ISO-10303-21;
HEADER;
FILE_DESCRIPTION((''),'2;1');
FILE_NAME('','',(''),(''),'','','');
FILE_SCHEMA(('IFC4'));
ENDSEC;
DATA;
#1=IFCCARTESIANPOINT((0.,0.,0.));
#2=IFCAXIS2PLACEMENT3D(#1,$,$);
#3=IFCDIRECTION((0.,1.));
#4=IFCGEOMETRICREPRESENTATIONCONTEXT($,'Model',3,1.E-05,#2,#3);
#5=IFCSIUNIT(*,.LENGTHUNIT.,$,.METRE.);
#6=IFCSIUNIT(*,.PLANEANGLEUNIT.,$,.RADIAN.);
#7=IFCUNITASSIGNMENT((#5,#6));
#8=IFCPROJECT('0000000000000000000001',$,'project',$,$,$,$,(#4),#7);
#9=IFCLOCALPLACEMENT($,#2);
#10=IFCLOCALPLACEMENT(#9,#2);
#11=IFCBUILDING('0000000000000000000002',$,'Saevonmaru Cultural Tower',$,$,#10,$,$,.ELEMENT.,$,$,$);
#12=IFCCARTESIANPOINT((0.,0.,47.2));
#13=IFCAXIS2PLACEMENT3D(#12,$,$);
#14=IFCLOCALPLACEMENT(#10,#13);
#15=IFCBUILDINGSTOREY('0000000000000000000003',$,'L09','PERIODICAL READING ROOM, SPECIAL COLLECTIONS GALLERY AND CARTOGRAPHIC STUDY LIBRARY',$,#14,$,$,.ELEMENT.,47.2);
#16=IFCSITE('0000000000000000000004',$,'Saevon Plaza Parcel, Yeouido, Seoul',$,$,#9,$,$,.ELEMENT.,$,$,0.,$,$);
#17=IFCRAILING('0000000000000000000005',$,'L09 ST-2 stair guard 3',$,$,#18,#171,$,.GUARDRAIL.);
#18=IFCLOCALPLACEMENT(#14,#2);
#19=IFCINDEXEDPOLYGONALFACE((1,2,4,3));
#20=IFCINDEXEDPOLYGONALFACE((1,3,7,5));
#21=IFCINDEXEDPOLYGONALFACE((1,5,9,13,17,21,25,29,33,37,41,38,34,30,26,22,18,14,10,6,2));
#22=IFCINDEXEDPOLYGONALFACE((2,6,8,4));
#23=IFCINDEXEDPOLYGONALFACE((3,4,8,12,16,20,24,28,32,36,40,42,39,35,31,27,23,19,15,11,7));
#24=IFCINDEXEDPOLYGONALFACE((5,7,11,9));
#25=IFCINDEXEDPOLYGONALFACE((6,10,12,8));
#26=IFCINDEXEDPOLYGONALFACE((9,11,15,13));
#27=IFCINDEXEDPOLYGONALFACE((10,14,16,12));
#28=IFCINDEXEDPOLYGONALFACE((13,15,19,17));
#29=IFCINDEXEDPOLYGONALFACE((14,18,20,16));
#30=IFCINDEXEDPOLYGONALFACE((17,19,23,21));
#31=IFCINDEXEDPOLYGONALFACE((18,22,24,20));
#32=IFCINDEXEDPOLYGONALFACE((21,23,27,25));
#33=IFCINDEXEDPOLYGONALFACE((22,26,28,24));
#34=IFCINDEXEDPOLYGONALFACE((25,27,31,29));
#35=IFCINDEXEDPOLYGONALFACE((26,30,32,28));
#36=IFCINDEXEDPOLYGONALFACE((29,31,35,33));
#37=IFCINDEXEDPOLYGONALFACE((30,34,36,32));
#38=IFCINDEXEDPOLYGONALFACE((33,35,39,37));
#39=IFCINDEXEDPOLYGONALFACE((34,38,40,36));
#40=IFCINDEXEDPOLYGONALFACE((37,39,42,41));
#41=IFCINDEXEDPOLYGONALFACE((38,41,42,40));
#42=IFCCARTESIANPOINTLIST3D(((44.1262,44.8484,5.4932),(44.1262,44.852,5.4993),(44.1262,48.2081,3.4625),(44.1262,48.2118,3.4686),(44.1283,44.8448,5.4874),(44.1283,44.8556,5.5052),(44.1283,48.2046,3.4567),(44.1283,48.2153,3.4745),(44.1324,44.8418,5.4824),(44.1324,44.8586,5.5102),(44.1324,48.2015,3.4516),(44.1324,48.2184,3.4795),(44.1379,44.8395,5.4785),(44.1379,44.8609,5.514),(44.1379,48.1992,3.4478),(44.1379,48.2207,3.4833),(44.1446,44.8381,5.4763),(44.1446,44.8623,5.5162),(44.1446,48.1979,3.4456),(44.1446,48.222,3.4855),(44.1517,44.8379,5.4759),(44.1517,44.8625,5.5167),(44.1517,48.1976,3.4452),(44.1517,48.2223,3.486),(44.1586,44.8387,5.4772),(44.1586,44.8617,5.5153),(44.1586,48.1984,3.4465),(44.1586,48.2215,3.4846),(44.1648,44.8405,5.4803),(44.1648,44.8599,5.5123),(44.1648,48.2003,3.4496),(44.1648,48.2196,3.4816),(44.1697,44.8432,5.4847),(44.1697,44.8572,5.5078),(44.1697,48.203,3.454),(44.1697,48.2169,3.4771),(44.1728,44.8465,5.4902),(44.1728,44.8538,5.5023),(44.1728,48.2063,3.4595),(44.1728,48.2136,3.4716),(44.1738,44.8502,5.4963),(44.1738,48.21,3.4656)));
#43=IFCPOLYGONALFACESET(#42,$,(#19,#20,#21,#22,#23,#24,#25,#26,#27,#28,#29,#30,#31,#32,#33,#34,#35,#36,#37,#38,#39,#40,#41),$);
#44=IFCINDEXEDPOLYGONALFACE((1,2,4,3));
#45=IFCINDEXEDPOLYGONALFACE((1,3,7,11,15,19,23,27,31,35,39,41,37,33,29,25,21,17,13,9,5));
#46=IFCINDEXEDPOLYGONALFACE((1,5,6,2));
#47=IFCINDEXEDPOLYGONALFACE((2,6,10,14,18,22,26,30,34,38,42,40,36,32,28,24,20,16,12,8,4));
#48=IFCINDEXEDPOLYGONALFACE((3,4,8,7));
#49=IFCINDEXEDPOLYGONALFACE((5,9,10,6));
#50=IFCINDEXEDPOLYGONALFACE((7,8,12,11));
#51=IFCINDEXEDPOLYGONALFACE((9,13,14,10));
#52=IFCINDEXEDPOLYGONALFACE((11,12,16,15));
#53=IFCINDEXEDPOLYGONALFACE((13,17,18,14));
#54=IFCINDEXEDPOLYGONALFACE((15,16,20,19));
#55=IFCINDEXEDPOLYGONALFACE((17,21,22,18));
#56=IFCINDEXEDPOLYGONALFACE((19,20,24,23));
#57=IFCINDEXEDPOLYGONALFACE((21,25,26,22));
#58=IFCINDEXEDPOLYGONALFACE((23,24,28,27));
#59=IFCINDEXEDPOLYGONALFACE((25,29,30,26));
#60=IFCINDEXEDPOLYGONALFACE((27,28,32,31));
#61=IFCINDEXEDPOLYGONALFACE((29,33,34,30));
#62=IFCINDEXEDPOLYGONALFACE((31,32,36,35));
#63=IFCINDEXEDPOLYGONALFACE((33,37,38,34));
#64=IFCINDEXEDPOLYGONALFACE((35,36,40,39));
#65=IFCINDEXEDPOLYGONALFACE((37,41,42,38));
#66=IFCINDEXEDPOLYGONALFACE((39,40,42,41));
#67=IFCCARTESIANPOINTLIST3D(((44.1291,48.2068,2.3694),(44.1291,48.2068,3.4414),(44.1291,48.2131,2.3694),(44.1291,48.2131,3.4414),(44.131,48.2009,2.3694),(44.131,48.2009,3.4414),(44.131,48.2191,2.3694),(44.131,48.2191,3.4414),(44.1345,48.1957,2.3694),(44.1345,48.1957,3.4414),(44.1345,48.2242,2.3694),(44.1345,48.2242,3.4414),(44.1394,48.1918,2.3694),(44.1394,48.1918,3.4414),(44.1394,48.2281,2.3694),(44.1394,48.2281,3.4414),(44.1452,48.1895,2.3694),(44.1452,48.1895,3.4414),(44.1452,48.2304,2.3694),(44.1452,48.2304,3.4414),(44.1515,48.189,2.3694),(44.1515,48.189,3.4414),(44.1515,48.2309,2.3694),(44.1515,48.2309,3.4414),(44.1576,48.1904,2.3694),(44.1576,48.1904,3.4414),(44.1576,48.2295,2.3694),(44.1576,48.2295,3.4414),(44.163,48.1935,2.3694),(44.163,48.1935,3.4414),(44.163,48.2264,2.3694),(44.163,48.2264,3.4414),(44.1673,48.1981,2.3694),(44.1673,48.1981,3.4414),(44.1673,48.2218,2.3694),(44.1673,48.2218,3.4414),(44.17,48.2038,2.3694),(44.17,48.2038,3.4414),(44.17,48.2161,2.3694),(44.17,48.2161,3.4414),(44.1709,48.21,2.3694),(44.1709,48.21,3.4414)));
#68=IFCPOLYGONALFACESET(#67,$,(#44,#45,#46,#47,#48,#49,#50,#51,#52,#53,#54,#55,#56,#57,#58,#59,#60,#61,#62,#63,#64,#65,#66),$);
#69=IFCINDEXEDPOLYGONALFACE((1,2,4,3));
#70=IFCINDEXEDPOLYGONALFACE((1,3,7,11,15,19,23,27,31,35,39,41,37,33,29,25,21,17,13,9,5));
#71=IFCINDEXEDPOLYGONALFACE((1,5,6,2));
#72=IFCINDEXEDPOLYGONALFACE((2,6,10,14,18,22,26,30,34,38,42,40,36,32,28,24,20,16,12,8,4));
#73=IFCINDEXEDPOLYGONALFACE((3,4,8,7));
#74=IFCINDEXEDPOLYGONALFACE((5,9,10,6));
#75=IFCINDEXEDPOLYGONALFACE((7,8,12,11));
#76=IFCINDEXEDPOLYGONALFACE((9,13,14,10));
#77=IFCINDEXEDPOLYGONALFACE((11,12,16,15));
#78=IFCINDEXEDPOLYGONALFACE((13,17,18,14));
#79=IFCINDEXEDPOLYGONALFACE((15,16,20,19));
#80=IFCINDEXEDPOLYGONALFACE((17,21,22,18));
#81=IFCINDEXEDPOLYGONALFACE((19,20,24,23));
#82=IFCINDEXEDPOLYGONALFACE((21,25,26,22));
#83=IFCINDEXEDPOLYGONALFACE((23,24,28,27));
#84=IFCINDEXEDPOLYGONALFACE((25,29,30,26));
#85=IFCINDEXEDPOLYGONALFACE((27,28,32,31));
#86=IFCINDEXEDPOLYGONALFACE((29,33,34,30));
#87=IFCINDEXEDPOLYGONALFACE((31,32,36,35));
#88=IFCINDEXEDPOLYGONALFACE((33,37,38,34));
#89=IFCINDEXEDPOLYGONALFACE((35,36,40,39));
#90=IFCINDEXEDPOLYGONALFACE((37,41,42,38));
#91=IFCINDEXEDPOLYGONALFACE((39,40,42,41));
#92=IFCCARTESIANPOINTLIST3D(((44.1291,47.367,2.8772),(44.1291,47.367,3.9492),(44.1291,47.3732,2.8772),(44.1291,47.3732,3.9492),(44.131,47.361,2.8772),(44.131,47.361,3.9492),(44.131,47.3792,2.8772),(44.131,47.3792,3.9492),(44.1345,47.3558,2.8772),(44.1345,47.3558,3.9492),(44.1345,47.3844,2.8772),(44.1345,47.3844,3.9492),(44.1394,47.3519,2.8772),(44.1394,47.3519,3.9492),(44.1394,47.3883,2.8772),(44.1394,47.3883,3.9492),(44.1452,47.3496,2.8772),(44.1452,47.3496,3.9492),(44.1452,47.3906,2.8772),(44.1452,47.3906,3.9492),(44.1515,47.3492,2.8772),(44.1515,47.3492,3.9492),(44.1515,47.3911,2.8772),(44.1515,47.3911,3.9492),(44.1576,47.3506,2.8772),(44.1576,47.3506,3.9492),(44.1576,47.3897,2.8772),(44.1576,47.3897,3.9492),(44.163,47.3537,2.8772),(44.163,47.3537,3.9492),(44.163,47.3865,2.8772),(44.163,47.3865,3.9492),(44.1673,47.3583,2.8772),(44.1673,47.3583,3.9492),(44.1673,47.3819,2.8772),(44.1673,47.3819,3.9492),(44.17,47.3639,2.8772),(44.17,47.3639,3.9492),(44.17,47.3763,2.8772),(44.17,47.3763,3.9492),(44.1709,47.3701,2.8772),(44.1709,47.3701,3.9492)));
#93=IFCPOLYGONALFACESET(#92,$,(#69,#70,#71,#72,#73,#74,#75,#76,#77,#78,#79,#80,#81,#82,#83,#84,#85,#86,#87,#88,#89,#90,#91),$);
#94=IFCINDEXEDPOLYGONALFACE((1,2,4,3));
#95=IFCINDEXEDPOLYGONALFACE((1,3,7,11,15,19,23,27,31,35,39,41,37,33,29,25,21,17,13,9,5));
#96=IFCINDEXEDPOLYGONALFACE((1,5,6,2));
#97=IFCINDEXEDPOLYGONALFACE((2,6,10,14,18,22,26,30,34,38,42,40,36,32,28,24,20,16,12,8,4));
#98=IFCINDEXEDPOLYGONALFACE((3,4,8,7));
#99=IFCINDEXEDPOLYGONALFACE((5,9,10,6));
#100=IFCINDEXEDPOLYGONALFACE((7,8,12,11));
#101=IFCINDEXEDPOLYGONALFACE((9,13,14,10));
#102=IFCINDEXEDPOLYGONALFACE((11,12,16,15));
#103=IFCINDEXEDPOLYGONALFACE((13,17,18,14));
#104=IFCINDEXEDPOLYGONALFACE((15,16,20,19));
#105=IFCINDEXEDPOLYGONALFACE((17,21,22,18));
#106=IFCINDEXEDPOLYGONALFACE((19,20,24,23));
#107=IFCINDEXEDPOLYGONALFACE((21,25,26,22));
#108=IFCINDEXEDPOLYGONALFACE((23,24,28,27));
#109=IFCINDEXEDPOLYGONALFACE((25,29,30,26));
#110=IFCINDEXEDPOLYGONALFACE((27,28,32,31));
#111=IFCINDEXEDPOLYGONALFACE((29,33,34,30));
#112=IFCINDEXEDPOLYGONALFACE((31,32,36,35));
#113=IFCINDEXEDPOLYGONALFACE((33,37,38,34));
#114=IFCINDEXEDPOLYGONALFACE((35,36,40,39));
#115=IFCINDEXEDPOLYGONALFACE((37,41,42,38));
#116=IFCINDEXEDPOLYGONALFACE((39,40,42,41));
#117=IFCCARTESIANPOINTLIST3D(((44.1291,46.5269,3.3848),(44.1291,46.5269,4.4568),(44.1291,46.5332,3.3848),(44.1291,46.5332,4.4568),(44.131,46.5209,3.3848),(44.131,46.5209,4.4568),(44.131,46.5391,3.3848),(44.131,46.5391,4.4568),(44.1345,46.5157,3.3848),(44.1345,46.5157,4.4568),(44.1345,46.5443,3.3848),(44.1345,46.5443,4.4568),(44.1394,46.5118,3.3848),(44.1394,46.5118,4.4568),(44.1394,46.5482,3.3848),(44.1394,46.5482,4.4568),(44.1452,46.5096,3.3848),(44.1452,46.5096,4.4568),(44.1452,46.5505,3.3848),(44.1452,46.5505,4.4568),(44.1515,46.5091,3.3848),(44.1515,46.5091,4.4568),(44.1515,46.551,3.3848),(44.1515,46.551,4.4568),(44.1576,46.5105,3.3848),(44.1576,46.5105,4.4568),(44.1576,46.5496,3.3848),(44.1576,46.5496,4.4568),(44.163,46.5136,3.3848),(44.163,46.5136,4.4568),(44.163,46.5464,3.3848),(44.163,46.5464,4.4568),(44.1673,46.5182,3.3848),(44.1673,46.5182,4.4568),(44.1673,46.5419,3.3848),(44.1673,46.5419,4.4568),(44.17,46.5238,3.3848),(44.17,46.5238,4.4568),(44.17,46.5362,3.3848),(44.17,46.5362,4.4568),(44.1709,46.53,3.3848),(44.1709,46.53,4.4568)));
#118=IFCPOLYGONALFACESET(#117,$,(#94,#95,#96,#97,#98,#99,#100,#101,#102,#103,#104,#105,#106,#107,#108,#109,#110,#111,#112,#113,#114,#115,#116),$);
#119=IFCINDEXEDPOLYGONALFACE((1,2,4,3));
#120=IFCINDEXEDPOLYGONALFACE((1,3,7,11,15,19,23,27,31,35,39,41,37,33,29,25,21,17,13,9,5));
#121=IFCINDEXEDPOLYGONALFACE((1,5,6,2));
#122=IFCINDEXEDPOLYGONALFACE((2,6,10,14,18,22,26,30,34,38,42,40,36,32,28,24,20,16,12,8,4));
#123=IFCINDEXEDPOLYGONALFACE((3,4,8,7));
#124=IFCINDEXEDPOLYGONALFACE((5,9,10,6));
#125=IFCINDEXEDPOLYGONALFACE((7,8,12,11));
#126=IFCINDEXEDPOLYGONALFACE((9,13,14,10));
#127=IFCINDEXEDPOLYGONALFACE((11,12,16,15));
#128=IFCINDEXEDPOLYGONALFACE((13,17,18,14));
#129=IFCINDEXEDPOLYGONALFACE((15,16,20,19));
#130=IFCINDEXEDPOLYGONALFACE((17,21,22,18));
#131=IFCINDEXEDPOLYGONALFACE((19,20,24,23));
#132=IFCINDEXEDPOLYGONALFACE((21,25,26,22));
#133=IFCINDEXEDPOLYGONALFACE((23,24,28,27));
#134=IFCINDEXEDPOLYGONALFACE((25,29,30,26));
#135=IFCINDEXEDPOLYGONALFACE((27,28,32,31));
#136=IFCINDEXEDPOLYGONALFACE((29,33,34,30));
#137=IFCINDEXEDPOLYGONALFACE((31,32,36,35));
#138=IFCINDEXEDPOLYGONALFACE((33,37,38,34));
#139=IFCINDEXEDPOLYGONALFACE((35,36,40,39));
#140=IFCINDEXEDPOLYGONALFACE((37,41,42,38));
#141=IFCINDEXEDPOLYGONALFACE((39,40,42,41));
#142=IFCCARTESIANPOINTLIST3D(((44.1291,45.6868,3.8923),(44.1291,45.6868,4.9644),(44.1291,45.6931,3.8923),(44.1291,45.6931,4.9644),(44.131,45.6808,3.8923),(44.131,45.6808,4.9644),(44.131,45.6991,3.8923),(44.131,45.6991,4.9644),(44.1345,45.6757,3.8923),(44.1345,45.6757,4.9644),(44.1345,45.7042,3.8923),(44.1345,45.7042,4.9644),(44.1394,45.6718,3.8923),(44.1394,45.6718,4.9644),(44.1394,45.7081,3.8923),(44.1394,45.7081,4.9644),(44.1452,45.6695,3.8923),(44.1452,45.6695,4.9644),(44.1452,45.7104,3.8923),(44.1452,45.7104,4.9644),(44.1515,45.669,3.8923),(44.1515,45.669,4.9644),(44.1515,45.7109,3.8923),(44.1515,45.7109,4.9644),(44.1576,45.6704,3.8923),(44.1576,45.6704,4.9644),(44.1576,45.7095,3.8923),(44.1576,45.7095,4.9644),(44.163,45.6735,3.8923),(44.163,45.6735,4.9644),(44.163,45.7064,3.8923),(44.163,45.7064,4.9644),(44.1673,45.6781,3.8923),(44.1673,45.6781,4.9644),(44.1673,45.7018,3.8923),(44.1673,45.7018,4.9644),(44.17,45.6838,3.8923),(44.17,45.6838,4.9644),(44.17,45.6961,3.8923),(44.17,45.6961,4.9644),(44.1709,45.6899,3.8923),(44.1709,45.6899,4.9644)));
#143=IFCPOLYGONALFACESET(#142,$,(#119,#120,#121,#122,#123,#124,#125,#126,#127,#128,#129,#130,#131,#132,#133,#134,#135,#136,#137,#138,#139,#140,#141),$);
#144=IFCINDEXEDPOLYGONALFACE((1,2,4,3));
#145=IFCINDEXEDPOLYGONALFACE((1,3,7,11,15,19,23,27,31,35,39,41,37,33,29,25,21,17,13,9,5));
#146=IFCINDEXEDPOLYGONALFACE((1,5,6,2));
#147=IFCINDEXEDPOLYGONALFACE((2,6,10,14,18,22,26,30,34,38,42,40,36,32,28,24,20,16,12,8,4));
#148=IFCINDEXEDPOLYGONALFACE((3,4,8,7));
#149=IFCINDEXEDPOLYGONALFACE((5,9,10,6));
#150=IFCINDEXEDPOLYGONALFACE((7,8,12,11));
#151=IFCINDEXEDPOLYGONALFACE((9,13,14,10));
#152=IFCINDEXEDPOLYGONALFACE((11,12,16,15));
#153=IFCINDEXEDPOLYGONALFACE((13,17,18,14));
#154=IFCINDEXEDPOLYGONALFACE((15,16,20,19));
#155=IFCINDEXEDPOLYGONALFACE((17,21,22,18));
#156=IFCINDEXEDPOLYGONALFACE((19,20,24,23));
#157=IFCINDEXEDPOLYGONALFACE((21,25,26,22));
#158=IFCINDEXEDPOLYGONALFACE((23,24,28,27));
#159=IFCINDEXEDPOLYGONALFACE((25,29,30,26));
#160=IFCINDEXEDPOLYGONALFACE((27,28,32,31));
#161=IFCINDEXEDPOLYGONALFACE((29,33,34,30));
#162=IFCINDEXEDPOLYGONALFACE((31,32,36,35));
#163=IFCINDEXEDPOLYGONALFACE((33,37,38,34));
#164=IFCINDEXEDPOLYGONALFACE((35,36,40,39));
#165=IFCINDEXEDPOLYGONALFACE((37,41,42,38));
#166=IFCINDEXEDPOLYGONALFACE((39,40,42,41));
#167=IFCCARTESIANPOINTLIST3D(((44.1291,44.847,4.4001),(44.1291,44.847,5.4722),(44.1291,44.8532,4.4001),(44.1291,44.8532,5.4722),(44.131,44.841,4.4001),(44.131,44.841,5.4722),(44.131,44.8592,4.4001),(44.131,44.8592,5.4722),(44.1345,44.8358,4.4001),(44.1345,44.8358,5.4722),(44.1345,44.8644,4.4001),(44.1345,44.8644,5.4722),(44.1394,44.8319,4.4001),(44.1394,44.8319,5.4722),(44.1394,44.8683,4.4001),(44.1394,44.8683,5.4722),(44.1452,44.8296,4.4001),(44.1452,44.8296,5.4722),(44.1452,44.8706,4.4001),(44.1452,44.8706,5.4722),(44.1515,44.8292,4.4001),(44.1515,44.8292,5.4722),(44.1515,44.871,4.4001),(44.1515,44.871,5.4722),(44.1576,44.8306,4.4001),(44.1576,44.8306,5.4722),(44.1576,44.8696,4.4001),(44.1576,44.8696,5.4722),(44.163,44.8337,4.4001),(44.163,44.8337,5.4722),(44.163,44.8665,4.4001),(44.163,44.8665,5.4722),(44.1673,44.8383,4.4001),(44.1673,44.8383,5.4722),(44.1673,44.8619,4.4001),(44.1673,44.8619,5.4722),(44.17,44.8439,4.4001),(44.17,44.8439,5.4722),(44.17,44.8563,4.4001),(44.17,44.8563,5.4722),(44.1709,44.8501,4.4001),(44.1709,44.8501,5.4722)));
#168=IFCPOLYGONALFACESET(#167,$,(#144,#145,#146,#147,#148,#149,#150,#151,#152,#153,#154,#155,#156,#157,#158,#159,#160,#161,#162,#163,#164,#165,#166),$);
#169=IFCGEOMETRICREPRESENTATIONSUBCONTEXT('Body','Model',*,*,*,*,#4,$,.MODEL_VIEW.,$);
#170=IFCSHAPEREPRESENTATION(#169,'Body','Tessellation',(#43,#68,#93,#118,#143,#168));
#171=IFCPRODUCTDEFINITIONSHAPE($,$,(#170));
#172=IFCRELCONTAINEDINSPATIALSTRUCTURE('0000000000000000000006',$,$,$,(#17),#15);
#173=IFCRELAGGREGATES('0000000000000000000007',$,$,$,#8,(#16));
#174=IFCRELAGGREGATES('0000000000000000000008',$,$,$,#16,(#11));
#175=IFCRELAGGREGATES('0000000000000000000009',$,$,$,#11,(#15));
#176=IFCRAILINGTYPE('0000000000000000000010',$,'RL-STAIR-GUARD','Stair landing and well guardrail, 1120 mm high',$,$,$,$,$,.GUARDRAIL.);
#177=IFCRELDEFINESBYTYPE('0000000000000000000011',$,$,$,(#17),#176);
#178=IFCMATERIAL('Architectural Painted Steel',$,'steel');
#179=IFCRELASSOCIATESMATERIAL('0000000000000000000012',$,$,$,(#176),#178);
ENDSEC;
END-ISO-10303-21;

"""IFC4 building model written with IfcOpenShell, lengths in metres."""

from ifc_helpers import new_model, si_unit, direction, frame, origin, origin_2d, place, context, subcontext, project, spatial, circle, extrude, material, type_object, element, save


model = new_model("IFC4")

# Units and contexts
model_context = context("Model", 3, precision=1e-05, world=origin(), true_north=direction((0.0, 1.0)))
body_context = subcontext(model_context, "Body", "Model", "MODEL_VIEW")
ifc_project = project(units=[si_unit("LENGTHUNIT", "METRE"), si_unit("PLANEANGLEUNIT", "RADIAN")], contexts=[model_context])

# Site, building, storey
site_placement = place(None, origin())
site = spatial("IfcSite", under=ifc_project, at=site_placement, Name="Saevon Plaza Parcel, Yeouido, Seoul", CompositionType="ELEMENT", RefElevation=0.0)
building_placement = place(site_placement, origin())
building = spatial("IfcBuilding", under=site, at=building_placement, Name="Saevonmaru Cultural Tower", CompositionType="ELEMENT")
storey_placement = place(building_placement, frame((0.0, 0.0, 47.2)))
storey = spatial("IfcBuildingStorey", under=building, at=storey_placement, Name="L09", Description="PERIODICAL READING ROOM, SPECIAL COLLECTIONS GALLERY AND CARTOGRAPHIC STUDY LIBRARY", CompositionType="ELEMENT", Elevation=47.2)

# Railing
ifc_material_1 = material(Name="Architectural Painted Steel", Category="steel")
railing_type = type_object("IfcRailingType", Name="RL-STAIR-GUARD", Description="Stair landing and well guardrail, 1120 mm high", PredefinedType="GUARDRAIL", material=ifc_material_1)
railing_1_placement = place(storey_placement, frame((44.1499, 48.21, 2.3694)))
element("IfcRailing", 1, at=railing_1_placement, inside=storey, type_object=railing_type, Name="L09 ST-2 stair guard 3", PredefinedType="GUARDRAIL", context=body_context, shape_type="SweptSolid", body=[
    extrude(circle(Radius=0.0239, at=origin_2d()), frame((0.0, 0.0, 1.0962), z_axis=(0.0, -0.85582, 0.517273), x_axis=(1.0, 0.0, 0.0)), (0.0, 0.0, 1.0), 3.9258),
    extrude(circle(Radius=0.021, at=origin_2d()), origin(), (0.0, 0.0, 1.0), 1.072),
    extrude(circle(Radius=0.021, at=origin_2d()), frame((0.0, -0.8398, 0.5078)), (0.0, 0.0, 1.0), 1.072),
    extrude(circle(Radius=0.021, at=origin_2d()), frame((0.0, -1.6799, 1.0154)), (0.0, 0.0, 1.0), 1.072),
    extrude(circle(Radius=0.021, at=origin_2d()), frame((0.0, -2.52, 1.5229)), (0.0, 0.0, 1.0), 1.072),
    extrude(circle(Radius=0.021, at=origin_2d()), frame((0.0, -3.3599, 2.0308)), (0.0, 0.0, 1.0), 1.072),
])

save(model, "model.ifc")
